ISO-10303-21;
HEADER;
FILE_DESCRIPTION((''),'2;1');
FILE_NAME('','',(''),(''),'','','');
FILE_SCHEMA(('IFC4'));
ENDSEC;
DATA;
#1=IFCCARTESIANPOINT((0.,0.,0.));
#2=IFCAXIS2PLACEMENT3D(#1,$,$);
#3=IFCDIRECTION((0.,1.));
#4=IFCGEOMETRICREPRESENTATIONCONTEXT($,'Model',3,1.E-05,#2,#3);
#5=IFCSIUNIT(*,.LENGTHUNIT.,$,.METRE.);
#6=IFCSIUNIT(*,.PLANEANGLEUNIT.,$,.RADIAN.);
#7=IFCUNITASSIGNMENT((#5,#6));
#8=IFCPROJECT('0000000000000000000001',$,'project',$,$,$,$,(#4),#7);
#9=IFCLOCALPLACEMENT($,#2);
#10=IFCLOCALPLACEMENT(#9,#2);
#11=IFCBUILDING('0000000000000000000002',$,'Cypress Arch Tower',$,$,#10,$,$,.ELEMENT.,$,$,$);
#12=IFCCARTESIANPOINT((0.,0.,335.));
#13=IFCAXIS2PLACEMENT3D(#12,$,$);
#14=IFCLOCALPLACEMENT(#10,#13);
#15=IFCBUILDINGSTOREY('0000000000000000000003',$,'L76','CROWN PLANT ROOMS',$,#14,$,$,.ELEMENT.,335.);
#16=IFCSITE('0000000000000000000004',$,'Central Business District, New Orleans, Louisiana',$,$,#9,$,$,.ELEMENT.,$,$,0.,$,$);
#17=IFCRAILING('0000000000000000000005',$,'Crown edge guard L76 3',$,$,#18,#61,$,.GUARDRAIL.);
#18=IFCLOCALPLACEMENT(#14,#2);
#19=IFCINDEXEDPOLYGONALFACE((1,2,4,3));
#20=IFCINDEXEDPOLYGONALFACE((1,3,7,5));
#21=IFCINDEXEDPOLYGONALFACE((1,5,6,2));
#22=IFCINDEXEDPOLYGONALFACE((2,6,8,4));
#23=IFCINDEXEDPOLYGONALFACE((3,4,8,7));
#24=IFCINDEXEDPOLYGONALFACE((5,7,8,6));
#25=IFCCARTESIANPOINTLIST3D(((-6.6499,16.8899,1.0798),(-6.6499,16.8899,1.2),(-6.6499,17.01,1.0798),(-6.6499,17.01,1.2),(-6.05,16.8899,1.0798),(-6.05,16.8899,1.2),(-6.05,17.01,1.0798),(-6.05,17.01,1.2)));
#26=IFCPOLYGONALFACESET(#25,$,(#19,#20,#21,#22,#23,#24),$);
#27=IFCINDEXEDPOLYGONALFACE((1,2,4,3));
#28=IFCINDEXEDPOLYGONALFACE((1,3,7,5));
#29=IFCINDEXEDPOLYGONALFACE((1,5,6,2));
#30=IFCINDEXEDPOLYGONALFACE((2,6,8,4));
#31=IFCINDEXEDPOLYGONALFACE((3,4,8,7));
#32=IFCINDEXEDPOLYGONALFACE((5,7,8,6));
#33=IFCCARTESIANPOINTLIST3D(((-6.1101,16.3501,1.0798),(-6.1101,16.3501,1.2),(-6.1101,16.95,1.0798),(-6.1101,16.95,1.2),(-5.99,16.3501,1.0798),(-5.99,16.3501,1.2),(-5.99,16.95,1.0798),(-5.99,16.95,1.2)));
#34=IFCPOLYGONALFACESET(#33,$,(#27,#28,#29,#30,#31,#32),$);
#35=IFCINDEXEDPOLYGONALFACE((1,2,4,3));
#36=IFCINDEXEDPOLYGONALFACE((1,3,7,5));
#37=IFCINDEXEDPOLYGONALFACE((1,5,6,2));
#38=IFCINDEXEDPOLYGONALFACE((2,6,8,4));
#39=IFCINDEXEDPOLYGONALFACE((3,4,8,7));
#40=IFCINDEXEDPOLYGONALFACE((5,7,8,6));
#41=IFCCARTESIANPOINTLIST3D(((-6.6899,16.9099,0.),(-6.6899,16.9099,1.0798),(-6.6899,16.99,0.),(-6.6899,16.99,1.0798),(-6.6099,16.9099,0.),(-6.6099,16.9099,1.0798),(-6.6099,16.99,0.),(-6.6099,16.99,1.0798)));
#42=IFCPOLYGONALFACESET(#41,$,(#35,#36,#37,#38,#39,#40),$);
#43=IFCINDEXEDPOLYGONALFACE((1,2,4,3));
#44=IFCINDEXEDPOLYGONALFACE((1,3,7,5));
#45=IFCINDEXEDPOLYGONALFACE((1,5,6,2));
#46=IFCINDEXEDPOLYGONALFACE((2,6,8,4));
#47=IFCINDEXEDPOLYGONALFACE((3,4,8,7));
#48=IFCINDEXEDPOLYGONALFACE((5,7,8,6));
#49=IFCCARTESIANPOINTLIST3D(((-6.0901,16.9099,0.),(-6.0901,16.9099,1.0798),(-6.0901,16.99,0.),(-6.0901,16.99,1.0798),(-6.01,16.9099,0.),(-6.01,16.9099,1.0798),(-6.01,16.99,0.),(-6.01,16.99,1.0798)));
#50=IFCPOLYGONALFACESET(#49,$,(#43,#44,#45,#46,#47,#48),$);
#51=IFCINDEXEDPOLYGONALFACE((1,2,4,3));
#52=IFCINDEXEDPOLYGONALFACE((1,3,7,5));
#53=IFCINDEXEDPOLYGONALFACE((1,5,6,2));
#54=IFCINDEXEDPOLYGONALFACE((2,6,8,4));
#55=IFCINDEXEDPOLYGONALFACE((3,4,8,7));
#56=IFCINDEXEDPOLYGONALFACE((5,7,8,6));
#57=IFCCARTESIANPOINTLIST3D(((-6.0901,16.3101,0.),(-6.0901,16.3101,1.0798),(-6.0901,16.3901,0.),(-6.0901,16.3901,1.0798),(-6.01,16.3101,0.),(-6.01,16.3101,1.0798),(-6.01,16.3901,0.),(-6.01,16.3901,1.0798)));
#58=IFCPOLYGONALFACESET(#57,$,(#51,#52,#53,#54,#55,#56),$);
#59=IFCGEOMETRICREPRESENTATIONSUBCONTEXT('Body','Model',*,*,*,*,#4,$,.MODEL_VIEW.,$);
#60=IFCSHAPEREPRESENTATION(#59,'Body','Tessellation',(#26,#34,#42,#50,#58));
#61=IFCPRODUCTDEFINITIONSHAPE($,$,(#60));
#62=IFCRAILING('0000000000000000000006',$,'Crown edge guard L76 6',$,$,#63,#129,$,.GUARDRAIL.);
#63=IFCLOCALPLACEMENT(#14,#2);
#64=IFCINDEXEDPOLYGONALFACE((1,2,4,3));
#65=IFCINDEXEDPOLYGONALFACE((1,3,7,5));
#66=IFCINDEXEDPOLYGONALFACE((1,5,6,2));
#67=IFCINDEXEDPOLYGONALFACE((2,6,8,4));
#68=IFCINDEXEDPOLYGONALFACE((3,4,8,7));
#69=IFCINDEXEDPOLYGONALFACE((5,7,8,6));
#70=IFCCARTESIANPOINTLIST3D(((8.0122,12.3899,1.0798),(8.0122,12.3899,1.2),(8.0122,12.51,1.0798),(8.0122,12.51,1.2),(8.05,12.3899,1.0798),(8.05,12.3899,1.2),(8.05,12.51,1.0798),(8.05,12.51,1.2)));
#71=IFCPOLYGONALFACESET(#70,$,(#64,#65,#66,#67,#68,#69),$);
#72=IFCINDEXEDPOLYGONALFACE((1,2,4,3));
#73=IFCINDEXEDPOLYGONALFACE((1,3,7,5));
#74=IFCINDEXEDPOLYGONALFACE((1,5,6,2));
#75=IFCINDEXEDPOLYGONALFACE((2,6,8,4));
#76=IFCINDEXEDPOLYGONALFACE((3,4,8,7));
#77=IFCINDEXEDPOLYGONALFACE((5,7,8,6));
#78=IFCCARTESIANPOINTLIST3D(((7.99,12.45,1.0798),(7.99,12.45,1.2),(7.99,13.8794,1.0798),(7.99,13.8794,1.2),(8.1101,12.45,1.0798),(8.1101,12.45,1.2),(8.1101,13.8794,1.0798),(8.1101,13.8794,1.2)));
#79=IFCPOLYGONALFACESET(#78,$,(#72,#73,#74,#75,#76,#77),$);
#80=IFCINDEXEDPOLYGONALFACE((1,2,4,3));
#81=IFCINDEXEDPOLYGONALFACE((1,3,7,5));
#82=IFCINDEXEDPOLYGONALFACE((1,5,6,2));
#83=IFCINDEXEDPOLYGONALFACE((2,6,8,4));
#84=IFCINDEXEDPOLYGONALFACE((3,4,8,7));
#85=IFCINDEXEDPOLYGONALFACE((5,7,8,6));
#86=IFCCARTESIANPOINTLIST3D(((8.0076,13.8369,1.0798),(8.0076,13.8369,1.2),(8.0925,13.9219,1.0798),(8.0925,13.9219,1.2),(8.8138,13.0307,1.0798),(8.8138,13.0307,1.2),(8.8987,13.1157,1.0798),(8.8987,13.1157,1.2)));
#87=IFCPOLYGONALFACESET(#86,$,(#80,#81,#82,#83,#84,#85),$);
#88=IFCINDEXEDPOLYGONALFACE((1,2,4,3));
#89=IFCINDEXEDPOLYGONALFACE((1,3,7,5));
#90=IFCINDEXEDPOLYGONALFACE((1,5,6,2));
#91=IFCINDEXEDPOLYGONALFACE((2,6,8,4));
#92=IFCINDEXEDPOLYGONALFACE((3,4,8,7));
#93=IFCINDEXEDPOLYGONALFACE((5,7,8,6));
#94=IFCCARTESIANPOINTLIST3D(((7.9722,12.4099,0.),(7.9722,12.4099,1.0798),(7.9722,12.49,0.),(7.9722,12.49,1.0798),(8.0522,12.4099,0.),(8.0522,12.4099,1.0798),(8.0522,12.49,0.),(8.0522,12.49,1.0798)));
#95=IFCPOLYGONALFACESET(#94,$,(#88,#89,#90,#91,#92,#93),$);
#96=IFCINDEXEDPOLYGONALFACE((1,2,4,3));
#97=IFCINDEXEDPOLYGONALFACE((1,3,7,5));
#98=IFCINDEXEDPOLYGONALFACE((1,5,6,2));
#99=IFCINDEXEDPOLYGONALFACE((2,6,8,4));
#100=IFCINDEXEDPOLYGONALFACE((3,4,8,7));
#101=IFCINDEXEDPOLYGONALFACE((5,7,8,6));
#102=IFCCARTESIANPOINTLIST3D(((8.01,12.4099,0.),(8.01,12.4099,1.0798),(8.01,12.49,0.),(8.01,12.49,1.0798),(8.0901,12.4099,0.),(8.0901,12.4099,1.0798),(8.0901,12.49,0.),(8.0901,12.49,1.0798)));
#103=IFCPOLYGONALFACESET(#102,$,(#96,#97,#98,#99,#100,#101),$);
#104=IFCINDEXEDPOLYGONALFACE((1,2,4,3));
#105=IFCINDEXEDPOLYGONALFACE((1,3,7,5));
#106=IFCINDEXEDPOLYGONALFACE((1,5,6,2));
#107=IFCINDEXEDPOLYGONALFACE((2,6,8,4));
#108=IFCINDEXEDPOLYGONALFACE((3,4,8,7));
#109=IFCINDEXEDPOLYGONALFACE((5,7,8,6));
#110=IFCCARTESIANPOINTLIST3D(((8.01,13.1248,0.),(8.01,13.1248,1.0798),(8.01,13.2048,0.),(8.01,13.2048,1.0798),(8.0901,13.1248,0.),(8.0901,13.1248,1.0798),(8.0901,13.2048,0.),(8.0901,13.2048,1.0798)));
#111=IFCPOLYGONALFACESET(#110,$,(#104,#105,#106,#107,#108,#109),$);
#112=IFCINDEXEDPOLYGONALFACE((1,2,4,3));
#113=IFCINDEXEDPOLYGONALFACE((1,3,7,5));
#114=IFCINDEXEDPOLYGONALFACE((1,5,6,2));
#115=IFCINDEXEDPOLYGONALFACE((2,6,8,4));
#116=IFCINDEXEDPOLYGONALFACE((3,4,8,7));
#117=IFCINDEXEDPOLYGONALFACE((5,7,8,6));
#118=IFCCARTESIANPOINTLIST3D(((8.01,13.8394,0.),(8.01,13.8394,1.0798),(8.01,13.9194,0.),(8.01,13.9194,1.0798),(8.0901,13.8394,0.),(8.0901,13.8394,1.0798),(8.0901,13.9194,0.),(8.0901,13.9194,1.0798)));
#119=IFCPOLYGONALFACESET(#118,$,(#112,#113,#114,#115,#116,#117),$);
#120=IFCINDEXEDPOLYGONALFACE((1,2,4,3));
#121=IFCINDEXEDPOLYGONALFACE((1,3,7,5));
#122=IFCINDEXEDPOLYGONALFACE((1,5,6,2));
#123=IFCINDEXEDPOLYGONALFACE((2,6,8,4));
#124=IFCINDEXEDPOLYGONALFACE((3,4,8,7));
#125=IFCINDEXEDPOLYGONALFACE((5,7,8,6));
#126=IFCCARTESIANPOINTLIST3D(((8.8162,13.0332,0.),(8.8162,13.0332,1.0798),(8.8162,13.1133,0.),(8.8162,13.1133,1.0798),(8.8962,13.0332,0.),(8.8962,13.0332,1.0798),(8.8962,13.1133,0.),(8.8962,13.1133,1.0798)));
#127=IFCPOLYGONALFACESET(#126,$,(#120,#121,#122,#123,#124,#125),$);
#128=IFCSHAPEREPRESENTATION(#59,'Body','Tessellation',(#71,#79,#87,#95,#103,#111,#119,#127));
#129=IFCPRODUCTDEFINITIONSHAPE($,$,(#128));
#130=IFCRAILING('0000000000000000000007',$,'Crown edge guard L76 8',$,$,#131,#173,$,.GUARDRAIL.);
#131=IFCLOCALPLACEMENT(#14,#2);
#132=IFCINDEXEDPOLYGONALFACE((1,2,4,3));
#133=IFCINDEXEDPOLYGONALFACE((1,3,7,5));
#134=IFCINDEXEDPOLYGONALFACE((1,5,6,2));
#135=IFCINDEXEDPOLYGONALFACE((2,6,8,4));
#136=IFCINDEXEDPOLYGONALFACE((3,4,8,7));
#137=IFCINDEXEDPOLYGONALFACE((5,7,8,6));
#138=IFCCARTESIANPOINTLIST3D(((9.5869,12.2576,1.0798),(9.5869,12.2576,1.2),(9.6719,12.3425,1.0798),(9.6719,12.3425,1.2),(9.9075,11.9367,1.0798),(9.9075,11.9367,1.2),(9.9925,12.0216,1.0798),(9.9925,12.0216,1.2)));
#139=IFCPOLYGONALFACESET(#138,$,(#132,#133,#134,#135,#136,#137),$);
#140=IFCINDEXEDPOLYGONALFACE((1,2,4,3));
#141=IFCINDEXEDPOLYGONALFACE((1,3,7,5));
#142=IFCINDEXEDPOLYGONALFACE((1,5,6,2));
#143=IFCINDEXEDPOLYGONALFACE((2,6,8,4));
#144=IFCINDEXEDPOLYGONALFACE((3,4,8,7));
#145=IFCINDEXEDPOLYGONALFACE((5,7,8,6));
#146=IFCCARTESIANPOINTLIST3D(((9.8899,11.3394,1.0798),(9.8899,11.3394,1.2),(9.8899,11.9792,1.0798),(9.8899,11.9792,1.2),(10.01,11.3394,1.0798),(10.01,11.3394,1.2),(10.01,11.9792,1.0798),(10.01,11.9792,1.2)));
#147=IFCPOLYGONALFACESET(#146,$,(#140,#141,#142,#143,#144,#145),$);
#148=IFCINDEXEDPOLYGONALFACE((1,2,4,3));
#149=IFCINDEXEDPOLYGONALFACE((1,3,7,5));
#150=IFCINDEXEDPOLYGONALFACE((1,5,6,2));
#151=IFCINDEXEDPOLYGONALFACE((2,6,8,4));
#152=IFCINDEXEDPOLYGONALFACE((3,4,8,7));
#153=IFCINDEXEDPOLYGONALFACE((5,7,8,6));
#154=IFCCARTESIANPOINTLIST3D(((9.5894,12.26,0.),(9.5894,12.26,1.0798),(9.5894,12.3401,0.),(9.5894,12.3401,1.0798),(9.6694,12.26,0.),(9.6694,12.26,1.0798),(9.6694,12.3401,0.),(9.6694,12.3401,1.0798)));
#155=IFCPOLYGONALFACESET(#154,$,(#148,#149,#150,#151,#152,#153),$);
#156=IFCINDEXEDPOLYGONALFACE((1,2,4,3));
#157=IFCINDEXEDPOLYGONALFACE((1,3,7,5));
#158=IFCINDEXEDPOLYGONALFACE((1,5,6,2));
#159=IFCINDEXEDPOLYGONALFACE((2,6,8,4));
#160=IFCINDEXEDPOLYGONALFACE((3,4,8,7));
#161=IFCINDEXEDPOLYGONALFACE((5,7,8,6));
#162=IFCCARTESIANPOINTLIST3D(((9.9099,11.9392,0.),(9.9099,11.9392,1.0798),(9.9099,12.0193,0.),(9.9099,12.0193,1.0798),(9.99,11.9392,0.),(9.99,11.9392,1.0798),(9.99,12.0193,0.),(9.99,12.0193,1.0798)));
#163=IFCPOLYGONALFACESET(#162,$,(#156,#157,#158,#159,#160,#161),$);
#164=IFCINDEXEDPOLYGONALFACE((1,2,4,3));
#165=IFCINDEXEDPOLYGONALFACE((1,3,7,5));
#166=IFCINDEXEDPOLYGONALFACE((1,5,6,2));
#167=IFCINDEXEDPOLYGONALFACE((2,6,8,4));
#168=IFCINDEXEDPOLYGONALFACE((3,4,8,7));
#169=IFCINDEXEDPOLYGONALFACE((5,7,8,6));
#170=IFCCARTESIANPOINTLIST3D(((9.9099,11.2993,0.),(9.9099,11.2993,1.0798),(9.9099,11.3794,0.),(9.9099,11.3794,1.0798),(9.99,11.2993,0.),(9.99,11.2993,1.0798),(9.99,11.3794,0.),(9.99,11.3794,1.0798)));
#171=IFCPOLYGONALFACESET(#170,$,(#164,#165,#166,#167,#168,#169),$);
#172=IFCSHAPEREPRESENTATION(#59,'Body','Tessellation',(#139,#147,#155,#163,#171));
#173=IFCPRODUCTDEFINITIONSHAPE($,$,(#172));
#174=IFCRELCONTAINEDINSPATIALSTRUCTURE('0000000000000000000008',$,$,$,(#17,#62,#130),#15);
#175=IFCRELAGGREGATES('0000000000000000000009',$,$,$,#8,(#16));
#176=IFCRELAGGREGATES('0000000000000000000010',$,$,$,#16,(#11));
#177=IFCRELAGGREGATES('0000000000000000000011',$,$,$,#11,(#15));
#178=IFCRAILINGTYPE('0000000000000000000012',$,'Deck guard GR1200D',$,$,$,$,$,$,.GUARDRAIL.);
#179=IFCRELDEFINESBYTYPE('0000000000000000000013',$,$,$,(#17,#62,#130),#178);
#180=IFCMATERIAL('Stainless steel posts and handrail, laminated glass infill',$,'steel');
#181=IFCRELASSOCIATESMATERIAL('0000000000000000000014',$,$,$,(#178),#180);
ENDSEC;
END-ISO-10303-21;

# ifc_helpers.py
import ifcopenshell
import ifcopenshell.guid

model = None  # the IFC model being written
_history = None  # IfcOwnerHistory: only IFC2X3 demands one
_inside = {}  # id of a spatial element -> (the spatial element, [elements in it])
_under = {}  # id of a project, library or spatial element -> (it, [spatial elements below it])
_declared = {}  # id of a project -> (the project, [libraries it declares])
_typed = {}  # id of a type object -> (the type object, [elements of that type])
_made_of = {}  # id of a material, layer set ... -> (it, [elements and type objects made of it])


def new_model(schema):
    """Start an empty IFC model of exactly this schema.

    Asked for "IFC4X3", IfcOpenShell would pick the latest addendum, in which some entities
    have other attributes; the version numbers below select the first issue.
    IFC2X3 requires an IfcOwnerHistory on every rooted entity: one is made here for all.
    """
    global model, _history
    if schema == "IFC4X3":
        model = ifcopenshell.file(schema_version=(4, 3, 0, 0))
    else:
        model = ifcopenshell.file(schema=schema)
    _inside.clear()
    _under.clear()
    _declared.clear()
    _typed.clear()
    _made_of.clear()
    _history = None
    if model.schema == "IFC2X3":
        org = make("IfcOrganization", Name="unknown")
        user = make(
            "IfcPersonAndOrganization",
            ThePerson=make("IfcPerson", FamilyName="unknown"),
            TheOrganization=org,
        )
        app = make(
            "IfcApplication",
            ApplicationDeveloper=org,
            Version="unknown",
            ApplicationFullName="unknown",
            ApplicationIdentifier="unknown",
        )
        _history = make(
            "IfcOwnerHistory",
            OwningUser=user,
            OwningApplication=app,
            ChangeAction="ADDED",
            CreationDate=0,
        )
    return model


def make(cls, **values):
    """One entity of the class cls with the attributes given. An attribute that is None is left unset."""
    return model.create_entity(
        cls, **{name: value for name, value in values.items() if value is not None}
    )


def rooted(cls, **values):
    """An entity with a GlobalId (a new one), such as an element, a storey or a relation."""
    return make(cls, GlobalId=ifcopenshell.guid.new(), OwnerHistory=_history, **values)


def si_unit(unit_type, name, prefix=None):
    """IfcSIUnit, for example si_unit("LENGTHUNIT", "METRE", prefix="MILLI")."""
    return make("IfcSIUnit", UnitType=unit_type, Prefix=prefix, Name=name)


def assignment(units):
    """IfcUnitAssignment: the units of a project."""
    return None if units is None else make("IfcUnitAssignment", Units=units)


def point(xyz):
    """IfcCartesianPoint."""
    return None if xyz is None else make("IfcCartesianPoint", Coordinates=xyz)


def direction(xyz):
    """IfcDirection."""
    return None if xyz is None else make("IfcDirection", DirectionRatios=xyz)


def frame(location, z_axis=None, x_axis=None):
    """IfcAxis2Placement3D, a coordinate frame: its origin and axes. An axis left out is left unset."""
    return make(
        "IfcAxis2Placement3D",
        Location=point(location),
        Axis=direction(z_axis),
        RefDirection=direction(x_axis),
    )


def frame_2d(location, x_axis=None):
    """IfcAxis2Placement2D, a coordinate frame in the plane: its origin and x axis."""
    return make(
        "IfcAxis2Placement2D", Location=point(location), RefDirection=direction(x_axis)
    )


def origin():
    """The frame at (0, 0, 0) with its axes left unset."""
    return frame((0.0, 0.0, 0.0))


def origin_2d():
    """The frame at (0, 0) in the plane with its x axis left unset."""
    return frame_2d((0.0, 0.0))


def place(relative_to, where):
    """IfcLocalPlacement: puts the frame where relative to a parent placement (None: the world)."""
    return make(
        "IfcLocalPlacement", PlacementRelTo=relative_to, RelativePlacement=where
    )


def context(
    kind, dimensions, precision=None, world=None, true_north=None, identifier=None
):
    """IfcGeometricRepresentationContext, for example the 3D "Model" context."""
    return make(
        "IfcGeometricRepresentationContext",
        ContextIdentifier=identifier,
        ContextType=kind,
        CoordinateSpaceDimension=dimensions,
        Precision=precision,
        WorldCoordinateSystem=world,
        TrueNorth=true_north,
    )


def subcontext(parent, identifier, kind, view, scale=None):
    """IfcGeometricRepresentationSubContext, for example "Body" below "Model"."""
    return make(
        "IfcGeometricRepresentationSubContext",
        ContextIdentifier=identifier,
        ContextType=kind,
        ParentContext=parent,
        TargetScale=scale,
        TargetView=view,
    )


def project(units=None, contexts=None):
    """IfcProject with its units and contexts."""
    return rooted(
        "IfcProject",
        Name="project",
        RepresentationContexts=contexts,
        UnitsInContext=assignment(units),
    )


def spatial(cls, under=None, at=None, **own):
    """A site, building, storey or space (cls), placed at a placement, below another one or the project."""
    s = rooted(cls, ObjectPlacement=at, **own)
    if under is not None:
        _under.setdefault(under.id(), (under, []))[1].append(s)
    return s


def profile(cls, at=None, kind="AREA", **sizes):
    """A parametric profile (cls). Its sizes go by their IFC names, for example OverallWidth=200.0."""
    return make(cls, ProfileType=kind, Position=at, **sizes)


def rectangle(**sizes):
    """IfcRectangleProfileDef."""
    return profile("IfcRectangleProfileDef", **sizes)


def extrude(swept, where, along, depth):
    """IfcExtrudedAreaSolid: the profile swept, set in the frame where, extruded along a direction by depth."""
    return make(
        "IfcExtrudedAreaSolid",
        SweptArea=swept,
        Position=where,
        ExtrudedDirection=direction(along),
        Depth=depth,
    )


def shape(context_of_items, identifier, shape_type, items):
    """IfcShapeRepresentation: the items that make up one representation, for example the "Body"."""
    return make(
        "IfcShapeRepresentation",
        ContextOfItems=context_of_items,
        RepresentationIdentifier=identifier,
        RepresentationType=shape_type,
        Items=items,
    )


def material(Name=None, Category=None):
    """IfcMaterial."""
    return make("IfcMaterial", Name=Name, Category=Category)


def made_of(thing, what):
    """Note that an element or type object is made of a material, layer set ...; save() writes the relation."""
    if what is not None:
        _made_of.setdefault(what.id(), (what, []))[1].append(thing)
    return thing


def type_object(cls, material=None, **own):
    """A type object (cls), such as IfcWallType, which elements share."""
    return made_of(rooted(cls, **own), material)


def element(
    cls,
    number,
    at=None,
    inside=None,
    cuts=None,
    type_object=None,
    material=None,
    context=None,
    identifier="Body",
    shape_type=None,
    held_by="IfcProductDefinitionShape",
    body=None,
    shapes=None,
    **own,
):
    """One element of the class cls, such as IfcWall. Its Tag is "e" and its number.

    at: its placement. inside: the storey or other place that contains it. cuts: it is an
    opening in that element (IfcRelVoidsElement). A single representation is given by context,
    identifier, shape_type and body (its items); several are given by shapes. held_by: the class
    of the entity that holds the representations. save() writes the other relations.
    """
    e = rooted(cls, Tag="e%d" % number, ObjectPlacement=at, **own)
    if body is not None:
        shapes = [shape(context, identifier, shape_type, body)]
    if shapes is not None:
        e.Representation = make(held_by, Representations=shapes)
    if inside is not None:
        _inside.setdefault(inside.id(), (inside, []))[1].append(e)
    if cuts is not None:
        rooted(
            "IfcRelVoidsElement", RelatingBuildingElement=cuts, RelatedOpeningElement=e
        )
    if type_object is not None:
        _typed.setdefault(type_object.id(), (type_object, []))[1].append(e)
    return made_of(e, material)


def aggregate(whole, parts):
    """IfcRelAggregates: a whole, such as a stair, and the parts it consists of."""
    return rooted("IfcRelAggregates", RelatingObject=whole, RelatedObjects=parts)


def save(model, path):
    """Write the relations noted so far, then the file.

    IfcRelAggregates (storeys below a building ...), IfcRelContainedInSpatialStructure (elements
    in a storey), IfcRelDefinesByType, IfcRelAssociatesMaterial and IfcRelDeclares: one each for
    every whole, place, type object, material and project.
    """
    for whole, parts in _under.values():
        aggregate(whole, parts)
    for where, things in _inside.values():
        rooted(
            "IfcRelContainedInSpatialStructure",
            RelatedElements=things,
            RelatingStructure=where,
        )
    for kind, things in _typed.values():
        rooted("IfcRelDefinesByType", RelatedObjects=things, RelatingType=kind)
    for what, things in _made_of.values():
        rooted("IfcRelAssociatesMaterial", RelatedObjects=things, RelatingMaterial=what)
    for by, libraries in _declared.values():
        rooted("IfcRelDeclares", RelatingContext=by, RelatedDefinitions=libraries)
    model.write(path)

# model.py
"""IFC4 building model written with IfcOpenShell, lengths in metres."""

from ifc_helpers import new_model, si_unit, direction, frame, origin, origin_2d, place, context, subcontext, project, spatial, rectangle, extrude, material, type_object, element, save


model = new_model("IFC4")

# Units and contexts
model_context = context("Model", 3, precision=1e-05, world=origin(), true_north=direction((0.0, 1.0)))
body_context = subcontext(model_context, "Body", "Model", "MODEL_VIEW")
ifc_project = project(units=[si_unit("LENGTHUNIT", "METRE"), si_unit("PLANEANGLEUNIT", "RADIAN")], contexts=[model_context])

# Site, building, storey
site_placement = place(None, origin())
site = spatial("IfcSite", under=ifc_project, at=site_placement, Name="Central Business District, New Orleans, Louisiana", CompositionType="ELEMENT", RefElevation=0.0)
building_placement = place(site_placement, origin())
building = spatial("IfcBuilding", under=site, at=building_placement, Name="Cypress Arch Tower", CompositionType="ELEMENT")
storey_placement = place(building_placement, frame((0.0, 0.0, 335.0)))
storey = spatial("IfcBuildingStorey", under=building, at=storey_placement, Name="L76", Description="CROWN PLANT ROOMS", CompositionType="ELEMENT", Elevation=335.0)

# Railings
ifc_material_1 = material(Name="Stainless steel posts and handrail, laminated glass infill", Category="steel")
railing_type = type_object("IfcRailingType", Name="Deck guard GR1200D", PredefinedType="GUARDRAIL", material=ifc_material_1)
railing_1_placement = place(storey_placement, frame((-6.6499, 16.95, 0.0)))
element("IfcRailing", 1, at=railing_1_placement, inside=storey, type_object=railing_type, Name="Crown edge guard L76 3", PredefinedType="GUARDRAIL", context=body_context, shape_type="SweptSolid", body=[
    extrude(rectangle(XDim=0.1201, YDim=0.1201, at=origin_2d()), frame((0.0, 0.0, 1.1399), z_axis=(1.0, 0.0, 0.0), x_axis=(0.0, 1.0, 0.0)), (0.0, 0.0, 1.0), 0.5999),
    extrude(rectangle(XDim=0.1201, YDim=0.1201, at=origin_2d()), frame((0.5999, 0.0, 1.1399), z_axis=(0.0, -1.0, 0.0), x_axis=(1.0, 0.0, 0.0)), (0.0, 0.0, 1.0), 0.5999),
    extrude(rectangle(XDim=0.0801, YDim=0.0801, at=origin_2d()), origin(), (0.0, 0.0, 1.0), 1.0798),
    extrude(rectangle(XDim=0.0801, YDim=0.0801, at=origin_2d()), frame((0.5999, 0.0, 0.0)), (0.0, 0.0, 1.0), 1.0798),
    extrude(rectangle(XDim=0.0801, YDim=0.0801, at=origin_2d()), frame((0.5999, -0.5999, 0.0)), (0.0, 0.0, 1.0), 1.0798),
])
railing_2_placement = place(storey_placement, frame((8.0122, 12.45, 0.0)))
element("IfcRailing", 2, at=railing_2_placement, inside=storey, type_object=railing_type, Name="Crown edge guard L76 6", PredefinedType="GUARDRAIL", context=body_context, shape_type="SweptSolid", body=[
    extrude(rectangle(XDim=0.1201, YDim=0.1201, at=origin_2d()), frame((0.0, 0.0, 1.1399), z_axis=(1.0, 0.0, 0.0), x_axis=(0.0, 1.0, 0.0)), (0.0, 0.0, 1.0), 0.0378),
    extrude(rectangle(XDim=0.1201, YDim=0.1201, at=origin_2d()), frame((0.0378, 0.0, 1.1399), z_axis=(0.0, 1.0, 0.0), x_axis=(-1.0, 0.0, 0.0)), (0.0, 0.0, 1.0), 1.4294),
    extrude(rectangle(XDim=0.1201, YDim=0.1201, at=origin_2d()), frame((0.0378, 1.4294, 1.1399), z_axis=(0.707107, -0.707107, 0.0), x_axis=(0.707107, 0.707107, 0.0)), (0.0, 0.0, 1.0), 1.1401),
    extrude(rectangle(XDim=0.0801, YDim=0.0801, at=origin_2d()), origin(), (0.0, 0.0, 1.0), 1.0798),
    extrude(rectangle(XDim=0.0801, YDim=0.0801, at=origin_2d()), frame((0.0378, 0.0, 0.0)), (0.0, 0.0, 1.0), 1.0798),
    extrude(rectangle(XDim=0.0801, YDim=0.0801, at=origin_2d()), frame((0.0378, 0.7148, 0.0)), (0.0, 0.0, 1.0), 1.0798),
    extrude(rectangle(XDim=0.0801, YDim=0.0801, at=origin_2d()), frame((0.0378, 1.4294, 0.0)), (0.0, 0.0, 1.0), 1.0798),
    extrude(rectangle(XDim=0.0801, YDim=0.0801, at=origin_2d()), frame((0.844, 0.6233, 0.0)), (0.0, 0.0, 1.0), 1.0798),
])
railing_3_placement = place(storey_placement, frame((9.6294, 12.3, 0.0)))
element("IfcRailing", 3, at=railing_3_placement, inside=storey, type_object=railing_type, Name="Crown edge guard L76 8", PredefinedType="GUARDRAIL", context=body_context, shape_type="SweptSolid", body=[
    extrude(rectangle(XDim=0.1201, YDim=0.1201, at=origin_2d()), frame((0.0, 0.0, 1.1399), z_axis=(0.706838, -0.707376, 0.0), x_axis=(0.707376, 0.706838, 0.0)), (0.0, 0.0, 1.0), 0.4536),
    extrude(rectangle(XDim=0.1201, YDim=0.1201, at=origin_2d()), frame((0.3206, -0.3208, 1.1399), z_axis=(0.0, -1.0, 0.0), x_axis=(1.0, 0.0, 0.0)), (0.0, 0.0, 1.0), 0.6399),
    extrude(rectangle(XDim=0.0801, YDim=0.0801, at=origin_2d()), origin(), (0.0, 0.0, 1.0), 1.0798),
    extrude(rectangle(XDim=0.0801, YDim=0.0801, at=origin_2d()), frame((0.3206, -0.3208, 0.0)), (0.0, 0.0, 1.0), 1.0798),
    extrude(rectangle(XDim=0.0801, YDim=0.0801, at=origin_2d()), frame((0.3206, -0.9607, 0.0)), (0.0, 0.0, 1.0), 1.0798),
])

save(model, "model.ifc")
